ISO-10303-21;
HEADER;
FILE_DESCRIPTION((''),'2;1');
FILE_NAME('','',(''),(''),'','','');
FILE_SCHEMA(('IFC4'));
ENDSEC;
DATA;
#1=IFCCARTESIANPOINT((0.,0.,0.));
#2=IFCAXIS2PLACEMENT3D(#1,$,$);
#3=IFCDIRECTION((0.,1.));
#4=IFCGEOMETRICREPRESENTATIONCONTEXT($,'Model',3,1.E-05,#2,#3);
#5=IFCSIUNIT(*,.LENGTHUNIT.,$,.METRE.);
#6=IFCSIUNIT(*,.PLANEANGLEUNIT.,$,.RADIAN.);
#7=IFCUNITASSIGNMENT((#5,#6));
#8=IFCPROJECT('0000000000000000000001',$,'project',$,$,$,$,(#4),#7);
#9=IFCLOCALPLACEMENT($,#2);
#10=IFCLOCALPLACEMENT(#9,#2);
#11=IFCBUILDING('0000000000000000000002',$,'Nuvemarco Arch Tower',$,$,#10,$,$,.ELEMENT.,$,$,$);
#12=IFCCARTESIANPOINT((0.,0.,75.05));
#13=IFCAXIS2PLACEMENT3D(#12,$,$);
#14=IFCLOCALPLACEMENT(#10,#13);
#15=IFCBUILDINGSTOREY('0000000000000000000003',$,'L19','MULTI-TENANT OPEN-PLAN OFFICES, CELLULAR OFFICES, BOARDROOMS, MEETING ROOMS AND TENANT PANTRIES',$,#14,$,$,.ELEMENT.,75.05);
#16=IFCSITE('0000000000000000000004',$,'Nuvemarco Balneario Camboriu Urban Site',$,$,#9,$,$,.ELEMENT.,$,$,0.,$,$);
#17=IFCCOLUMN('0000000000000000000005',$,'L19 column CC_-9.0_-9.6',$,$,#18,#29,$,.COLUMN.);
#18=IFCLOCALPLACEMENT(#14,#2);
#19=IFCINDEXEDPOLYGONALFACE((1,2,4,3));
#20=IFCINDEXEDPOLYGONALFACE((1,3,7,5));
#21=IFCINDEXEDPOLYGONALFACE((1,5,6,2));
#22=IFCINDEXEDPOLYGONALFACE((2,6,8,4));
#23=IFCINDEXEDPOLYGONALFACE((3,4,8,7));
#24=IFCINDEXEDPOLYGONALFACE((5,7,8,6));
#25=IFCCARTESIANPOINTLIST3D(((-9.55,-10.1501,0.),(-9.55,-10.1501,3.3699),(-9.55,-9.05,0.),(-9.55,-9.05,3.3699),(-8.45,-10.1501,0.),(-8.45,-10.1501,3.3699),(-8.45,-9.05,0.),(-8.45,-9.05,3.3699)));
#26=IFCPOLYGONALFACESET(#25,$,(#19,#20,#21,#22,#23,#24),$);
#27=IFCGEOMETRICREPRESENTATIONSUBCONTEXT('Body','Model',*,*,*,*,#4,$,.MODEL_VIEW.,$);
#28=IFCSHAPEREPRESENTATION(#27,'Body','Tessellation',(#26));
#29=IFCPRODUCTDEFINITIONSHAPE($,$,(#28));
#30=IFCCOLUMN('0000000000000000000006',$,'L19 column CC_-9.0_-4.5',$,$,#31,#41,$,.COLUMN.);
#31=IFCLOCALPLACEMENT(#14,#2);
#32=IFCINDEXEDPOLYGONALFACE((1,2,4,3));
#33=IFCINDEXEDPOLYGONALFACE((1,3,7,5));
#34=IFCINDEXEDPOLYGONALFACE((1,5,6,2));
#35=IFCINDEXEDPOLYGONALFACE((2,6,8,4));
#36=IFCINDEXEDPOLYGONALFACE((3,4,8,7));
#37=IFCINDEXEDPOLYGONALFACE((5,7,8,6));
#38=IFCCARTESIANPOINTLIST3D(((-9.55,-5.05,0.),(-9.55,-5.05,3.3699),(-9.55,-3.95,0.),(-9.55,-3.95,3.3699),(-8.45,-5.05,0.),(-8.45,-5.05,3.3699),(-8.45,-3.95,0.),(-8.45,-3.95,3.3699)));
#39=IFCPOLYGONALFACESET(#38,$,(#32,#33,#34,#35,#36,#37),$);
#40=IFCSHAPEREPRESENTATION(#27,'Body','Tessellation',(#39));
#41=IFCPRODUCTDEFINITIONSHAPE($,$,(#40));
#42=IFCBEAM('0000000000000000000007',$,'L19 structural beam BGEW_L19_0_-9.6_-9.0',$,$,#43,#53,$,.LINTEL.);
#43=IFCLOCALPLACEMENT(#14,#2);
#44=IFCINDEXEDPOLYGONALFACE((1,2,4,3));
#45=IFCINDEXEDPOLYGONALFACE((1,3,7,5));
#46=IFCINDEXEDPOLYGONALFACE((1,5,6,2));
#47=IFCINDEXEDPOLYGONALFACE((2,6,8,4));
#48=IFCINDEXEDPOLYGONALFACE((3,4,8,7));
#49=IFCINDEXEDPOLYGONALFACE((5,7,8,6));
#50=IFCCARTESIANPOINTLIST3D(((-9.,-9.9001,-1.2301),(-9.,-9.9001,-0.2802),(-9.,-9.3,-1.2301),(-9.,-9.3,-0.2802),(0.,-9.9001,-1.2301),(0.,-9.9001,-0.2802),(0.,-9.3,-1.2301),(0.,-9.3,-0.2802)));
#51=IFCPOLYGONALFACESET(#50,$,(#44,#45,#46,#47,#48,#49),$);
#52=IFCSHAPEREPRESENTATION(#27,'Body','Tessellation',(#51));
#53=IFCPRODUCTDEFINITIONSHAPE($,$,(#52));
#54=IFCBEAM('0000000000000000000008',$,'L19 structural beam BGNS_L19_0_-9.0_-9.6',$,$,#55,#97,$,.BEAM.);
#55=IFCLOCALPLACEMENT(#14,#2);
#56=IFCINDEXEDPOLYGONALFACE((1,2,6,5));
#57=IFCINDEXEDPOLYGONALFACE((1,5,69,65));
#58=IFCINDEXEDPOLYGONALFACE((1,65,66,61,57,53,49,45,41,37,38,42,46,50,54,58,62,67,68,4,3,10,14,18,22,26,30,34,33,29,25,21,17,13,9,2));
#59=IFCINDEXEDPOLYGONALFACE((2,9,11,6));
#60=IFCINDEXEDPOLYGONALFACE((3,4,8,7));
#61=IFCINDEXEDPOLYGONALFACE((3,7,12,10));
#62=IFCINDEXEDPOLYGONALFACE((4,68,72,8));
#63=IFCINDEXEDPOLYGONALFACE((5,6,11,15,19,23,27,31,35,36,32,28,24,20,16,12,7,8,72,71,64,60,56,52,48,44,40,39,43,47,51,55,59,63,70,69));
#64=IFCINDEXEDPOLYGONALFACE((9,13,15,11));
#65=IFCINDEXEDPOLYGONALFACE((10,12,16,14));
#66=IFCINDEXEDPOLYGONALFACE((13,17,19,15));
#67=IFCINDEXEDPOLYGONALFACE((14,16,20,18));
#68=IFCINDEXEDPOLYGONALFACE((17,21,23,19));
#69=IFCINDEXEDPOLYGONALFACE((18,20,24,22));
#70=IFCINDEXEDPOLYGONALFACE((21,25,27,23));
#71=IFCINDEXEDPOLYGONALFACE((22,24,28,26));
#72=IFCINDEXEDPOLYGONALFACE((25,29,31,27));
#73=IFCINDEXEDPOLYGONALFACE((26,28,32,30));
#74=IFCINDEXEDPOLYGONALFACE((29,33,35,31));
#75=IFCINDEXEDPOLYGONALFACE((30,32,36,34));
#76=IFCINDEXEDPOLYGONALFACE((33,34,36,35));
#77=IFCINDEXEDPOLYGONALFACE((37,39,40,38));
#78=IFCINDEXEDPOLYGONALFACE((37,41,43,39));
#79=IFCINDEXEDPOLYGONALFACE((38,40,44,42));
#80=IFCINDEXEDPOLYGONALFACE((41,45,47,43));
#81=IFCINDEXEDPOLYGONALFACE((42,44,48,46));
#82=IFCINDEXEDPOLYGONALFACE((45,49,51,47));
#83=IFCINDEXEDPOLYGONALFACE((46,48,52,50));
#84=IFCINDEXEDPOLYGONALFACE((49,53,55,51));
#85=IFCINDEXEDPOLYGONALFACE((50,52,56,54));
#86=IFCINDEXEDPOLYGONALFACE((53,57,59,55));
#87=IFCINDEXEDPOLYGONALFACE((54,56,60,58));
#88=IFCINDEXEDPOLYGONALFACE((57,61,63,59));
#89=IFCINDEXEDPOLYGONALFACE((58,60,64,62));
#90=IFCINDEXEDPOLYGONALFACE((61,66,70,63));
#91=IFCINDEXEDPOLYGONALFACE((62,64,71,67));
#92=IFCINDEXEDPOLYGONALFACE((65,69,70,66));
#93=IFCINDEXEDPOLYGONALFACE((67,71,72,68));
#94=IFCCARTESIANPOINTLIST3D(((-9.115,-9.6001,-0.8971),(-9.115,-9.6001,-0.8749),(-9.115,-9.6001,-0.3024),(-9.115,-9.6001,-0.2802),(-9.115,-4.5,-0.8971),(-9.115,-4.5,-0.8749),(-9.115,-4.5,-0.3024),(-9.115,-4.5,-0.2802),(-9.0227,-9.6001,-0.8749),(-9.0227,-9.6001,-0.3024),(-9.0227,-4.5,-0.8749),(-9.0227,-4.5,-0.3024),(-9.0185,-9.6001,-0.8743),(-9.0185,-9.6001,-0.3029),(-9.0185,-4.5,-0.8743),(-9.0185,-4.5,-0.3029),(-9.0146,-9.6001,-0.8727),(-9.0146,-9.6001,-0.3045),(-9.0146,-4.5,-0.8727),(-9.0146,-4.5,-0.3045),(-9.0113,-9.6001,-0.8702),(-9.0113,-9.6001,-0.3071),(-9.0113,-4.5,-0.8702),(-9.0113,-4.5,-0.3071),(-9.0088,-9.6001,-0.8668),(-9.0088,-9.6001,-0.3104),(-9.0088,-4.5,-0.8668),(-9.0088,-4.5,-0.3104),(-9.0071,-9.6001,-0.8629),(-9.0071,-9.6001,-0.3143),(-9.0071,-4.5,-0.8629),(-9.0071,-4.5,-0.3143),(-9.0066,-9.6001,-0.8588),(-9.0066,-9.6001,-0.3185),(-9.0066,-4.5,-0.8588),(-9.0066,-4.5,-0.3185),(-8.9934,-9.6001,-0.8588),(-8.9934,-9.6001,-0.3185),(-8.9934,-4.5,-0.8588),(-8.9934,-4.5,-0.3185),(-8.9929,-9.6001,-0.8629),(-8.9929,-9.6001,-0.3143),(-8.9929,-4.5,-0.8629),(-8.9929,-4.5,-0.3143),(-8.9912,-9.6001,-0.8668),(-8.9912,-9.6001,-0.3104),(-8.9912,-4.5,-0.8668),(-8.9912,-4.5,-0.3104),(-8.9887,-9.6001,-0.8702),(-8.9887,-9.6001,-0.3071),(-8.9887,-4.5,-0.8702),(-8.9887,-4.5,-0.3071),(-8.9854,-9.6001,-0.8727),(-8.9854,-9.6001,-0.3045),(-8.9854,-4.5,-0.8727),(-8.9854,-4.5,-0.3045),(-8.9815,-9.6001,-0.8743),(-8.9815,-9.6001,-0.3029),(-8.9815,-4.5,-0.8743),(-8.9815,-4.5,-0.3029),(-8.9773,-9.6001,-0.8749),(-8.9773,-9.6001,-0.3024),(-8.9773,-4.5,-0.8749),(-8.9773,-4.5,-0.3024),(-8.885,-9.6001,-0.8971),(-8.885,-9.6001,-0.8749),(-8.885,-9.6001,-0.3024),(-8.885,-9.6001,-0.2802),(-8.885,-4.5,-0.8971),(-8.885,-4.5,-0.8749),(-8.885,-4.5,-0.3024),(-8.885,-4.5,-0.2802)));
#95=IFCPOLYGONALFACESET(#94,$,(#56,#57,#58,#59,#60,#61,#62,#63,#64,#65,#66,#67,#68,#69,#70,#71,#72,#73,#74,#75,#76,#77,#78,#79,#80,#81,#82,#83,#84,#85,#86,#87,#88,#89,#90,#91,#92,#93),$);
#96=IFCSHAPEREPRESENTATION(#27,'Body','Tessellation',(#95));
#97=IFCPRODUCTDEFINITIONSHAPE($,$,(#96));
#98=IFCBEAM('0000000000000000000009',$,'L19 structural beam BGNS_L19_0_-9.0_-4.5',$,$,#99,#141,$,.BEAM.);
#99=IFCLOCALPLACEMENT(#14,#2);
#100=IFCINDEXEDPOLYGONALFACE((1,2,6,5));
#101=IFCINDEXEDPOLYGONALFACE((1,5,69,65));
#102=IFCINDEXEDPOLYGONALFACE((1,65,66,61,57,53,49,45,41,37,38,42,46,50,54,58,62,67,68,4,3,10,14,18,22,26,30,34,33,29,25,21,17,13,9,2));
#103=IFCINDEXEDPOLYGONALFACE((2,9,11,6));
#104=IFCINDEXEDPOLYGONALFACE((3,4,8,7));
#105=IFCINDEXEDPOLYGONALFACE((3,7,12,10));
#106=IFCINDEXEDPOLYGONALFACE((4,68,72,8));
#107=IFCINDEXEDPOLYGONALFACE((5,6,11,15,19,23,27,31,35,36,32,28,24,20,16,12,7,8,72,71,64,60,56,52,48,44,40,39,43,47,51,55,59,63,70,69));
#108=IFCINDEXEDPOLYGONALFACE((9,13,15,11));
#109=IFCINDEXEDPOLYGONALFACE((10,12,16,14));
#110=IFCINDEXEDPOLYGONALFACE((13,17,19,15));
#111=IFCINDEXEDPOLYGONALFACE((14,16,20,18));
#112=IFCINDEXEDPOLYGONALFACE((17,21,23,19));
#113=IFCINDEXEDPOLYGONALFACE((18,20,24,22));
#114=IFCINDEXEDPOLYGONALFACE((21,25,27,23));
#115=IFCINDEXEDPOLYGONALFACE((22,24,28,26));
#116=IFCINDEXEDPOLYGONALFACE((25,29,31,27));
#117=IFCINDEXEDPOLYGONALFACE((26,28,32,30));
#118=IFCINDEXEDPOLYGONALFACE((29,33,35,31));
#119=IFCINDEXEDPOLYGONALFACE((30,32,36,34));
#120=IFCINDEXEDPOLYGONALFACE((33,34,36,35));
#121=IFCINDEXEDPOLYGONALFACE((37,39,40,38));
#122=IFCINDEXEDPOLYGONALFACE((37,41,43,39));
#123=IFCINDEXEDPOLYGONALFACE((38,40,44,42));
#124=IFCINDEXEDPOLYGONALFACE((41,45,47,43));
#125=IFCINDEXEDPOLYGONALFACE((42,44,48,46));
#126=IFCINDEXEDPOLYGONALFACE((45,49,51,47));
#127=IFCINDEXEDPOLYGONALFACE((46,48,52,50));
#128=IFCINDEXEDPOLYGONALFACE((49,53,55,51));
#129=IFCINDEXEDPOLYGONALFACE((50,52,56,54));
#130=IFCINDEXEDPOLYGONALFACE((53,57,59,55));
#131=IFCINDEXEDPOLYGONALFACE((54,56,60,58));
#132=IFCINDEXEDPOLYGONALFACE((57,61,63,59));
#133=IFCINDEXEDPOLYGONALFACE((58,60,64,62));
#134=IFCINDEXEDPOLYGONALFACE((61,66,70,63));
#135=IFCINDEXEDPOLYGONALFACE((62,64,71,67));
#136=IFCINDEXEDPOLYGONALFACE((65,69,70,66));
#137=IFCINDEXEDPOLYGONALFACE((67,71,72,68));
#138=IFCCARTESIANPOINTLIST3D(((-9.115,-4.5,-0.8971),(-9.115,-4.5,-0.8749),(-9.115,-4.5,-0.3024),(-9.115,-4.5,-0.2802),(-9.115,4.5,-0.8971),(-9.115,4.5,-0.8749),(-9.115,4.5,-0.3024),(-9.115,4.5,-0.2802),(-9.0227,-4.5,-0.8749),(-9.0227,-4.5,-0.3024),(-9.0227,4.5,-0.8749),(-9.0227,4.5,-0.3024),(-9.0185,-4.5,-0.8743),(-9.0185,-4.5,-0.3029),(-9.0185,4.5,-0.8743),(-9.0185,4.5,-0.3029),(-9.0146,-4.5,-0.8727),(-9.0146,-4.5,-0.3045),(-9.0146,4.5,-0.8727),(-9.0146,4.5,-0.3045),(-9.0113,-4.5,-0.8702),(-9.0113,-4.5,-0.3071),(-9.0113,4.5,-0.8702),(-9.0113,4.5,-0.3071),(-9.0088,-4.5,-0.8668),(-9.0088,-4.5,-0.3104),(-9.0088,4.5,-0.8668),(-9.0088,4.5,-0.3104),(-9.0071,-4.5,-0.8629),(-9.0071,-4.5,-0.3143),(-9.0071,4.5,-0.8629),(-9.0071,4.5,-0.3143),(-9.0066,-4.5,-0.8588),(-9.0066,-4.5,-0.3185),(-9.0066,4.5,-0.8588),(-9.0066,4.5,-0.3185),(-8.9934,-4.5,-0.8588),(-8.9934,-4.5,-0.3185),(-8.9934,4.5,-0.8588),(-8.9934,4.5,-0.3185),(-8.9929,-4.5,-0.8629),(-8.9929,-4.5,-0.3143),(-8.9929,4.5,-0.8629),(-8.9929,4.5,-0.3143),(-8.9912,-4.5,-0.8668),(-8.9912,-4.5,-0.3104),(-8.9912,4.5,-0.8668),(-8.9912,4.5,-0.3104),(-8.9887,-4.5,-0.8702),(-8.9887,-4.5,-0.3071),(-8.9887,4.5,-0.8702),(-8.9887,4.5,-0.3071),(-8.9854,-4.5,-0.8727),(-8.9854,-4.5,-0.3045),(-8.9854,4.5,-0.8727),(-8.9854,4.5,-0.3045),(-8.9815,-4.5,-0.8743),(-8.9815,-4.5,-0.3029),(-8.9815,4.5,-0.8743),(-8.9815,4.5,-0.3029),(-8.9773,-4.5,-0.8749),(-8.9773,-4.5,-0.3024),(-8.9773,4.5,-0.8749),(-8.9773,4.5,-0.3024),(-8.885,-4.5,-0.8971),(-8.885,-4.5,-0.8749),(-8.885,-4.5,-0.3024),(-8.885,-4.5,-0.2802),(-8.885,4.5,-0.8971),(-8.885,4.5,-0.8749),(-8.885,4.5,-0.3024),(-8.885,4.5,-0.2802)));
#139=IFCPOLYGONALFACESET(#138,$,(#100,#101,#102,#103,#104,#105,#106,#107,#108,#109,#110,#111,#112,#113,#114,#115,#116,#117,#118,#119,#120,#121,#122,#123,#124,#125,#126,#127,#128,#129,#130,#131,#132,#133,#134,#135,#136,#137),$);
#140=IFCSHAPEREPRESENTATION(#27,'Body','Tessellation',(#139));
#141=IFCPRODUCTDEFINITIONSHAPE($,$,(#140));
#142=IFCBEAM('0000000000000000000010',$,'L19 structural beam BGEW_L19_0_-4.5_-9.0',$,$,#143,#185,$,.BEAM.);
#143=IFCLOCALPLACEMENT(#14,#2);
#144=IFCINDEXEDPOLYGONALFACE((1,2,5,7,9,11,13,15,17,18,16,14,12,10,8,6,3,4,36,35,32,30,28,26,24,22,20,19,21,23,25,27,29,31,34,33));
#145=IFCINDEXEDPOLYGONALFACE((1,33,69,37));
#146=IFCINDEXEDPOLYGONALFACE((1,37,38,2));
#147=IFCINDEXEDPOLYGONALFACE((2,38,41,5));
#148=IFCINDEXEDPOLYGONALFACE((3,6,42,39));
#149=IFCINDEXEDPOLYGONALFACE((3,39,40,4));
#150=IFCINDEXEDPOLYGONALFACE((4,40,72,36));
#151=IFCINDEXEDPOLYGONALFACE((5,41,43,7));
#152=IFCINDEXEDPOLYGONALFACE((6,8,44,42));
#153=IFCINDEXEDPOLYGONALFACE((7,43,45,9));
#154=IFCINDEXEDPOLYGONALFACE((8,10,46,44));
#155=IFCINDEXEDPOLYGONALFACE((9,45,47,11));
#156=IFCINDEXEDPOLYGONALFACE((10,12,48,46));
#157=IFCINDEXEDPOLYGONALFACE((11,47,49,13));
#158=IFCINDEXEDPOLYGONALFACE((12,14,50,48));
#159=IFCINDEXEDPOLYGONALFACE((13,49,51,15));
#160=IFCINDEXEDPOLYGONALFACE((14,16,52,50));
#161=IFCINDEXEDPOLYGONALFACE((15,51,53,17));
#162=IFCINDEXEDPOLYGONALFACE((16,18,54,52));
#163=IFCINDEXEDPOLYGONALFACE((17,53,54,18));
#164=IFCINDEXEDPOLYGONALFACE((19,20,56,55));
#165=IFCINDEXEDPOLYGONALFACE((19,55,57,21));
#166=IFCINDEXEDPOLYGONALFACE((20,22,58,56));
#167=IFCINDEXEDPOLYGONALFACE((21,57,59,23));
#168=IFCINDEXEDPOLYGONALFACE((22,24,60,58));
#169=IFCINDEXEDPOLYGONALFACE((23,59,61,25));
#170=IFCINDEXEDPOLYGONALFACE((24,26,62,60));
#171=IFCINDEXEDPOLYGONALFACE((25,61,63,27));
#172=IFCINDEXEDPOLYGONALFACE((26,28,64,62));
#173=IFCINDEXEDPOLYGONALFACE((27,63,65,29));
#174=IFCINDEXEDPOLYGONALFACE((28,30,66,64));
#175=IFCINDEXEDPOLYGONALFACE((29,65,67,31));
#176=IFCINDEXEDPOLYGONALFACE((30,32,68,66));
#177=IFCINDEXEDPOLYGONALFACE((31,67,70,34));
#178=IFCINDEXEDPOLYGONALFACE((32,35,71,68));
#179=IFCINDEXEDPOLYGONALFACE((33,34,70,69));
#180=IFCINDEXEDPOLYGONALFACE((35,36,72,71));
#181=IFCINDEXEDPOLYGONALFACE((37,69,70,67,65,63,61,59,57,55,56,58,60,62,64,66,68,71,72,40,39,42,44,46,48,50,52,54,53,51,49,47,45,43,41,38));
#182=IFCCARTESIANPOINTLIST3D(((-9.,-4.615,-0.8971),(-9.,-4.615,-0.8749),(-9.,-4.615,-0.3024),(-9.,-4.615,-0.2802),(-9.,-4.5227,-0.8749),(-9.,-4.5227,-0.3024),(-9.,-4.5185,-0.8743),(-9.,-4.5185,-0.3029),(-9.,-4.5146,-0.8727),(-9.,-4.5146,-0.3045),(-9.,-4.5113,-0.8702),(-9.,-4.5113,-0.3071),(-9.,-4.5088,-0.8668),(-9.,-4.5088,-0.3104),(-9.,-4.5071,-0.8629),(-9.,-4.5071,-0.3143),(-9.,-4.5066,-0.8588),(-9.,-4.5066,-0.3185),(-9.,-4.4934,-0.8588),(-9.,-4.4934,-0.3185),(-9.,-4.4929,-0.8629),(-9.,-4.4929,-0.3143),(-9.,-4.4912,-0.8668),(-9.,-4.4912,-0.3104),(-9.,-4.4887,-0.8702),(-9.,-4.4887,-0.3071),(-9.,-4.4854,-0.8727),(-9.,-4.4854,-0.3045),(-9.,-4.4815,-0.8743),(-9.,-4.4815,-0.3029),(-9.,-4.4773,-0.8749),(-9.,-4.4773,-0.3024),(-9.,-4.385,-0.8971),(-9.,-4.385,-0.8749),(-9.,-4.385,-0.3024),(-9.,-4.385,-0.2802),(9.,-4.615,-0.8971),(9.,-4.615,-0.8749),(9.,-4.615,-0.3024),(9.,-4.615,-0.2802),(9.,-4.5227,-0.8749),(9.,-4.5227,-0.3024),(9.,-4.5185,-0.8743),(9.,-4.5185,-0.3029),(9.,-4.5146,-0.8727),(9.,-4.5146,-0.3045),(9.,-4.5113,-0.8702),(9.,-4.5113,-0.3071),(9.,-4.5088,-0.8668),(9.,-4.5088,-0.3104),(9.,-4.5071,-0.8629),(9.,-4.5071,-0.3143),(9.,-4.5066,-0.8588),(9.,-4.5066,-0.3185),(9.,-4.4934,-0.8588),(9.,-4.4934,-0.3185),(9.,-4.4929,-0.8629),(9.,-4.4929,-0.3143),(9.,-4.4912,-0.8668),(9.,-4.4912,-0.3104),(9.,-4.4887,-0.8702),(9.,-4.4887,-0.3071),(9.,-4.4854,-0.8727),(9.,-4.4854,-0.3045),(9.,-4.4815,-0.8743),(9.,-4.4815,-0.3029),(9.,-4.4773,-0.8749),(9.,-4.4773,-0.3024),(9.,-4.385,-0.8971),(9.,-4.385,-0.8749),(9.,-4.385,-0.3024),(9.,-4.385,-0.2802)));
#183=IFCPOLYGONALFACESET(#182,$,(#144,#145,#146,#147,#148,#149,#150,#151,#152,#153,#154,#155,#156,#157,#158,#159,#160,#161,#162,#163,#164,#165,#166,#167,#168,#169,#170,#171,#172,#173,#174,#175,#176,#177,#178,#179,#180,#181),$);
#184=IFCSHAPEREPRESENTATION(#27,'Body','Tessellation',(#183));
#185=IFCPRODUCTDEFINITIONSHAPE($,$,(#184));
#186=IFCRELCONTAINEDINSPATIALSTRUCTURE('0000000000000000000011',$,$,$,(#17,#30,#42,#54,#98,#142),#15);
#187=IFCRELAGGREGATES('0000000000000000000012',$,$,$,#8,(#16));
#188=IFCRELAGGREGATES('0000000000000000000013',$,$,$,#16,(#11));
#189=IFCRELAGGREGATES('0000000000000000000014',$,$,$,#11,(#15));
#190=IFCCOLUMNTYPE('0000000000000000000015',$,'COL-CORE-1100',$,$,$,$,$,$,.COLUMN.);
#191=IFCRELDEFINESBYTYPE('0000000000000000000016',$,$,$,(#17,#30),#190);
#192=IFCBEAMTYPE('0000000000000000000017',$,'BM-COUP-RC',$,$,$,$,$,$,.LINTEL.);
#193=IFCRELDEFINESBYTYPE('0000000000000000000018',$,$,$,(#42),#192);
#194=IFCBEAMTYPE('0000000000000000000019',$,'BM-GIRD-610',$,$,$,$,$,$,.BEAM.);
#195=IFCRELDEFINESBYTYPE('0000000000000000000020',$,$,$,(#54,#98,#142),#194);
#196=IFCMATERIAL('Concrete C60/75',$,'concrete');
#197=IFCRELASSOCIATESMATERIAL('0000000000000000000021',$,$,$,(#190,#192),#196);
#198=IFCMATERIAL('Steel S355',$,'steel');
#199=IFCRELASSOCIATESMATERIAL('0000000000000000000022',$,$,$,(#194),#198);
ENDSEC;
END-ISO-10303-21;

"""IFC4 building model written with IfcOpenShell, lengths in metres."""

from ifc_helpers import new_model, si_unit, direction, frame, origin, origin_2d, place, context, subcontext, project, spatial, rectangle, i_section, extrude, material, material_profile, profile_set, type_object, element, save


model = new_model("IFC4")

# Units and contexts
model_context = context("Model", 3, precision=1e-05, world=origin(), true_north=direction((0.0, 1.0)))
body_context = subcontext(model_context, "Body", "Model", "MODEL_VIEW")
ifc_project = project(units=[si_unit("LENGTHUNIT", "METRE"), si_unit("PLANEANGLEUNIT", "RADIAN")], contexts=[model_context])

# Site, building, storey
site_placement = place(None, origin())
site = spatial("IfcSite", under=ifc_project, at=site_placement, Name="Nuvemarco Balneario Camboriu Urban Site", CompositionType="ELEMENT", RefElevation=0.0)
building_placement = place(site_placement, origin())
building = spatial("IfcBuilding", under=site, at=building_placement, Name="Nuvemarco Arch Tower", CompositionType="ELEMENT")
storey_placement = place(building_placement, frame((0.0, 0.0, 75.05)))
storey = spatial("IfcBuildingStorey", under=building, at=storey_placement, Name="L19", Description="MULTI-TENANT OPEN-PLAN OFFICES, CELLULAR OFFICES, BOARDROOMS, MEETING ROOMS AND TENANT PANTRIES", CompositionType="ELEMENT", Elevation=75.05)

# Columns
ifc_material_1 = material(Name="Concrete C60/75", Category="concrete")
ifc_material_profile_1 = material_profile(ifc_material_1, rectangle(XDim=1.1001, YDim=1.1001, at=origin_2d()), Name="RC-COL-1100x1100")
ifc_profile_set_1 = profile_set([ifc_material_profile_1], Name="Concrete C60/75")
column_type = type_object("IfcColumnType", Name="COL-CORE-1100", PredefinedType="COLUMN", material=ifc_profile_set_1)
for number, where, z_axis, x_axis, name in (
    (1, (-9.0, -9.6001, 0.0), (0.0, 0.0, 1.0), (1.0, 0.0, 0.0), "L19 column CC_-9.0_-9.6"),
    (2, (-9.0, -4.5, 0.0), (0.0, 0.0, 1.0), (1.0, 0.0, 0.0), "L19 column CC_-9.0_-4.5"),
):
    element("IfcColumn", number, at=place(storey_placement, frame(where, z_axis=z_axis, x_axis=x_axis)), inside=storey, type_object=column_type, Name=name, PredefinedType="COLUMN", context=body_context, shape_type="SweptSolid", body=[
        extrude(rectangle(XDim=1.1001, YDim=1.1001, at=origin_2d()), origin(), (0.0, 0.0, 1.0), 3.3699),
    ])

# Beams
ifc_material_profile_2 = material_profile(ifc_material_1, rectangle(XDim=0.6001, YDim=0.95, at=origin_2d()), Name="RC-BM-600x950")
ifc_profile_set_2 = profile_set([ifc_material_profile_2], Name="Concrete C60/75")
beam_type_1 = type_object("IfcBeamType", Name="BM-COUP-RC", PredefinedType="LINTEL", material=ifc_profile_set_2)
beam_1_placement = place(storey_placement, frame((-9.0, -9.6001, -0.7551), z_axis=(1.0, 0.0, 0.0), x_axis=(0.0, 1.0, 0.0)))
element("IfcBeam", 3, at=beam_1_placement, inside=storey, type_object=beam_type_1, Name="L19 structural beam BGEW_L19_0_-9.6_-9.0", PredefinedType="LINTEL", context=body_context, shape_type="SweptSolid", body=[
    extrude(rectangle(XDim=0.6001, YDim=0.95, at=origin_2d()), origin(), (0.0, 0.0, 1.0), 9.0),
])
ifc_material_2 = material(Name="Steel S355", Category="steel")
ifc_material_profile_3 = material_profile(ifc_material_2, i_section(OverallWidth=0.23, OverallDepth=0.6169, WebThickness=0.0132, FlangeThickness=0.0222, FilletRadius=0.0161, at=origin_2d()), Name="W610x140")
ifc_profile_set_3 = profile_set([ifc_material_profile_3], Name="Steel S355")
beam_type_2 = type_object("IfcBeamType", Name="BM-GIRD-610", PredefinedType="BEAM", material=ifc_profile_set_3)
beam_2_placement = place(storey_placement, frame((-9.0, -9.6001, -0.5886), z_axis=(0.0, 1.0, 0.0), x_axis=(-1.0, 0.0, 0.0)))
element("IfcBeam", 4, at=beam_2_placement, inside=storey, type_object=beam_type_2, Name="L19 structural beam BGNS_L19_0_-9.0_-9.6", PredefinedType="BEAM", context=body_context, shape_type="SweptSolid", body=[
    extrude(i_section(OverallWidth=0.23, OverallDepth=0.6169, WebThickness=0.0132, FlangeThickness=0.0222, FilletRadius=0.0161, at=origin_2d()), origin(), (0.0, 0.0, 1.0), 5.1001),
])
beam_3_placement = place(storey_placement, frame((-9.0, -4.5, -0.5886), z_axis=(0.0, 1.0, 0.0), x_axis=(-1.0, 0.0, 0.0)))
element("IfcBeam", 5, at=beam_3_placement, inside=storey, type_object=beam_type_2, Name="L19 structural beam BGNS_L19_0_-9.0_-4.5", PredefinedType="BEAM", context=body_context, shape_type="SweptSolid", body=[
    extrude(i_section(OverallWidth=0.23, OverallDepth=0.6169, WebThickness=0.0132, FlangeThickness=0.0222, FilletRadius=0.0161, at=origin_2d()), origin(), (0.0, 0.0, 1.0), 9.0),
])
beam_4_placement = place(storey_placement, frame((-9.0, -4.5, -0.5886), z_axis=(1.0, 0.0, 0.0), x_axis=(0.0, 1.0, 0.0)))
element("IfcBeam", 6, at=beam_4_placement, inside=storey, type_object=beam_type_2, Name="L19 structural beam BGEW_L19_0_-4.5_-9.0", PredefinedType="BEAM", context=body_context, shape_type="SweptSolid", body=[
    extrude(i_section(OverallWidth=0.23, OverallDepth=0.6169, WebThickness=0.0132, FlangeThickness=0.0222, FilletRadius=0.0161, at=origin_2d()), origin(), (0.0, 0.0, 1.0), 18.0),
])

save(model, "model.ifc")
